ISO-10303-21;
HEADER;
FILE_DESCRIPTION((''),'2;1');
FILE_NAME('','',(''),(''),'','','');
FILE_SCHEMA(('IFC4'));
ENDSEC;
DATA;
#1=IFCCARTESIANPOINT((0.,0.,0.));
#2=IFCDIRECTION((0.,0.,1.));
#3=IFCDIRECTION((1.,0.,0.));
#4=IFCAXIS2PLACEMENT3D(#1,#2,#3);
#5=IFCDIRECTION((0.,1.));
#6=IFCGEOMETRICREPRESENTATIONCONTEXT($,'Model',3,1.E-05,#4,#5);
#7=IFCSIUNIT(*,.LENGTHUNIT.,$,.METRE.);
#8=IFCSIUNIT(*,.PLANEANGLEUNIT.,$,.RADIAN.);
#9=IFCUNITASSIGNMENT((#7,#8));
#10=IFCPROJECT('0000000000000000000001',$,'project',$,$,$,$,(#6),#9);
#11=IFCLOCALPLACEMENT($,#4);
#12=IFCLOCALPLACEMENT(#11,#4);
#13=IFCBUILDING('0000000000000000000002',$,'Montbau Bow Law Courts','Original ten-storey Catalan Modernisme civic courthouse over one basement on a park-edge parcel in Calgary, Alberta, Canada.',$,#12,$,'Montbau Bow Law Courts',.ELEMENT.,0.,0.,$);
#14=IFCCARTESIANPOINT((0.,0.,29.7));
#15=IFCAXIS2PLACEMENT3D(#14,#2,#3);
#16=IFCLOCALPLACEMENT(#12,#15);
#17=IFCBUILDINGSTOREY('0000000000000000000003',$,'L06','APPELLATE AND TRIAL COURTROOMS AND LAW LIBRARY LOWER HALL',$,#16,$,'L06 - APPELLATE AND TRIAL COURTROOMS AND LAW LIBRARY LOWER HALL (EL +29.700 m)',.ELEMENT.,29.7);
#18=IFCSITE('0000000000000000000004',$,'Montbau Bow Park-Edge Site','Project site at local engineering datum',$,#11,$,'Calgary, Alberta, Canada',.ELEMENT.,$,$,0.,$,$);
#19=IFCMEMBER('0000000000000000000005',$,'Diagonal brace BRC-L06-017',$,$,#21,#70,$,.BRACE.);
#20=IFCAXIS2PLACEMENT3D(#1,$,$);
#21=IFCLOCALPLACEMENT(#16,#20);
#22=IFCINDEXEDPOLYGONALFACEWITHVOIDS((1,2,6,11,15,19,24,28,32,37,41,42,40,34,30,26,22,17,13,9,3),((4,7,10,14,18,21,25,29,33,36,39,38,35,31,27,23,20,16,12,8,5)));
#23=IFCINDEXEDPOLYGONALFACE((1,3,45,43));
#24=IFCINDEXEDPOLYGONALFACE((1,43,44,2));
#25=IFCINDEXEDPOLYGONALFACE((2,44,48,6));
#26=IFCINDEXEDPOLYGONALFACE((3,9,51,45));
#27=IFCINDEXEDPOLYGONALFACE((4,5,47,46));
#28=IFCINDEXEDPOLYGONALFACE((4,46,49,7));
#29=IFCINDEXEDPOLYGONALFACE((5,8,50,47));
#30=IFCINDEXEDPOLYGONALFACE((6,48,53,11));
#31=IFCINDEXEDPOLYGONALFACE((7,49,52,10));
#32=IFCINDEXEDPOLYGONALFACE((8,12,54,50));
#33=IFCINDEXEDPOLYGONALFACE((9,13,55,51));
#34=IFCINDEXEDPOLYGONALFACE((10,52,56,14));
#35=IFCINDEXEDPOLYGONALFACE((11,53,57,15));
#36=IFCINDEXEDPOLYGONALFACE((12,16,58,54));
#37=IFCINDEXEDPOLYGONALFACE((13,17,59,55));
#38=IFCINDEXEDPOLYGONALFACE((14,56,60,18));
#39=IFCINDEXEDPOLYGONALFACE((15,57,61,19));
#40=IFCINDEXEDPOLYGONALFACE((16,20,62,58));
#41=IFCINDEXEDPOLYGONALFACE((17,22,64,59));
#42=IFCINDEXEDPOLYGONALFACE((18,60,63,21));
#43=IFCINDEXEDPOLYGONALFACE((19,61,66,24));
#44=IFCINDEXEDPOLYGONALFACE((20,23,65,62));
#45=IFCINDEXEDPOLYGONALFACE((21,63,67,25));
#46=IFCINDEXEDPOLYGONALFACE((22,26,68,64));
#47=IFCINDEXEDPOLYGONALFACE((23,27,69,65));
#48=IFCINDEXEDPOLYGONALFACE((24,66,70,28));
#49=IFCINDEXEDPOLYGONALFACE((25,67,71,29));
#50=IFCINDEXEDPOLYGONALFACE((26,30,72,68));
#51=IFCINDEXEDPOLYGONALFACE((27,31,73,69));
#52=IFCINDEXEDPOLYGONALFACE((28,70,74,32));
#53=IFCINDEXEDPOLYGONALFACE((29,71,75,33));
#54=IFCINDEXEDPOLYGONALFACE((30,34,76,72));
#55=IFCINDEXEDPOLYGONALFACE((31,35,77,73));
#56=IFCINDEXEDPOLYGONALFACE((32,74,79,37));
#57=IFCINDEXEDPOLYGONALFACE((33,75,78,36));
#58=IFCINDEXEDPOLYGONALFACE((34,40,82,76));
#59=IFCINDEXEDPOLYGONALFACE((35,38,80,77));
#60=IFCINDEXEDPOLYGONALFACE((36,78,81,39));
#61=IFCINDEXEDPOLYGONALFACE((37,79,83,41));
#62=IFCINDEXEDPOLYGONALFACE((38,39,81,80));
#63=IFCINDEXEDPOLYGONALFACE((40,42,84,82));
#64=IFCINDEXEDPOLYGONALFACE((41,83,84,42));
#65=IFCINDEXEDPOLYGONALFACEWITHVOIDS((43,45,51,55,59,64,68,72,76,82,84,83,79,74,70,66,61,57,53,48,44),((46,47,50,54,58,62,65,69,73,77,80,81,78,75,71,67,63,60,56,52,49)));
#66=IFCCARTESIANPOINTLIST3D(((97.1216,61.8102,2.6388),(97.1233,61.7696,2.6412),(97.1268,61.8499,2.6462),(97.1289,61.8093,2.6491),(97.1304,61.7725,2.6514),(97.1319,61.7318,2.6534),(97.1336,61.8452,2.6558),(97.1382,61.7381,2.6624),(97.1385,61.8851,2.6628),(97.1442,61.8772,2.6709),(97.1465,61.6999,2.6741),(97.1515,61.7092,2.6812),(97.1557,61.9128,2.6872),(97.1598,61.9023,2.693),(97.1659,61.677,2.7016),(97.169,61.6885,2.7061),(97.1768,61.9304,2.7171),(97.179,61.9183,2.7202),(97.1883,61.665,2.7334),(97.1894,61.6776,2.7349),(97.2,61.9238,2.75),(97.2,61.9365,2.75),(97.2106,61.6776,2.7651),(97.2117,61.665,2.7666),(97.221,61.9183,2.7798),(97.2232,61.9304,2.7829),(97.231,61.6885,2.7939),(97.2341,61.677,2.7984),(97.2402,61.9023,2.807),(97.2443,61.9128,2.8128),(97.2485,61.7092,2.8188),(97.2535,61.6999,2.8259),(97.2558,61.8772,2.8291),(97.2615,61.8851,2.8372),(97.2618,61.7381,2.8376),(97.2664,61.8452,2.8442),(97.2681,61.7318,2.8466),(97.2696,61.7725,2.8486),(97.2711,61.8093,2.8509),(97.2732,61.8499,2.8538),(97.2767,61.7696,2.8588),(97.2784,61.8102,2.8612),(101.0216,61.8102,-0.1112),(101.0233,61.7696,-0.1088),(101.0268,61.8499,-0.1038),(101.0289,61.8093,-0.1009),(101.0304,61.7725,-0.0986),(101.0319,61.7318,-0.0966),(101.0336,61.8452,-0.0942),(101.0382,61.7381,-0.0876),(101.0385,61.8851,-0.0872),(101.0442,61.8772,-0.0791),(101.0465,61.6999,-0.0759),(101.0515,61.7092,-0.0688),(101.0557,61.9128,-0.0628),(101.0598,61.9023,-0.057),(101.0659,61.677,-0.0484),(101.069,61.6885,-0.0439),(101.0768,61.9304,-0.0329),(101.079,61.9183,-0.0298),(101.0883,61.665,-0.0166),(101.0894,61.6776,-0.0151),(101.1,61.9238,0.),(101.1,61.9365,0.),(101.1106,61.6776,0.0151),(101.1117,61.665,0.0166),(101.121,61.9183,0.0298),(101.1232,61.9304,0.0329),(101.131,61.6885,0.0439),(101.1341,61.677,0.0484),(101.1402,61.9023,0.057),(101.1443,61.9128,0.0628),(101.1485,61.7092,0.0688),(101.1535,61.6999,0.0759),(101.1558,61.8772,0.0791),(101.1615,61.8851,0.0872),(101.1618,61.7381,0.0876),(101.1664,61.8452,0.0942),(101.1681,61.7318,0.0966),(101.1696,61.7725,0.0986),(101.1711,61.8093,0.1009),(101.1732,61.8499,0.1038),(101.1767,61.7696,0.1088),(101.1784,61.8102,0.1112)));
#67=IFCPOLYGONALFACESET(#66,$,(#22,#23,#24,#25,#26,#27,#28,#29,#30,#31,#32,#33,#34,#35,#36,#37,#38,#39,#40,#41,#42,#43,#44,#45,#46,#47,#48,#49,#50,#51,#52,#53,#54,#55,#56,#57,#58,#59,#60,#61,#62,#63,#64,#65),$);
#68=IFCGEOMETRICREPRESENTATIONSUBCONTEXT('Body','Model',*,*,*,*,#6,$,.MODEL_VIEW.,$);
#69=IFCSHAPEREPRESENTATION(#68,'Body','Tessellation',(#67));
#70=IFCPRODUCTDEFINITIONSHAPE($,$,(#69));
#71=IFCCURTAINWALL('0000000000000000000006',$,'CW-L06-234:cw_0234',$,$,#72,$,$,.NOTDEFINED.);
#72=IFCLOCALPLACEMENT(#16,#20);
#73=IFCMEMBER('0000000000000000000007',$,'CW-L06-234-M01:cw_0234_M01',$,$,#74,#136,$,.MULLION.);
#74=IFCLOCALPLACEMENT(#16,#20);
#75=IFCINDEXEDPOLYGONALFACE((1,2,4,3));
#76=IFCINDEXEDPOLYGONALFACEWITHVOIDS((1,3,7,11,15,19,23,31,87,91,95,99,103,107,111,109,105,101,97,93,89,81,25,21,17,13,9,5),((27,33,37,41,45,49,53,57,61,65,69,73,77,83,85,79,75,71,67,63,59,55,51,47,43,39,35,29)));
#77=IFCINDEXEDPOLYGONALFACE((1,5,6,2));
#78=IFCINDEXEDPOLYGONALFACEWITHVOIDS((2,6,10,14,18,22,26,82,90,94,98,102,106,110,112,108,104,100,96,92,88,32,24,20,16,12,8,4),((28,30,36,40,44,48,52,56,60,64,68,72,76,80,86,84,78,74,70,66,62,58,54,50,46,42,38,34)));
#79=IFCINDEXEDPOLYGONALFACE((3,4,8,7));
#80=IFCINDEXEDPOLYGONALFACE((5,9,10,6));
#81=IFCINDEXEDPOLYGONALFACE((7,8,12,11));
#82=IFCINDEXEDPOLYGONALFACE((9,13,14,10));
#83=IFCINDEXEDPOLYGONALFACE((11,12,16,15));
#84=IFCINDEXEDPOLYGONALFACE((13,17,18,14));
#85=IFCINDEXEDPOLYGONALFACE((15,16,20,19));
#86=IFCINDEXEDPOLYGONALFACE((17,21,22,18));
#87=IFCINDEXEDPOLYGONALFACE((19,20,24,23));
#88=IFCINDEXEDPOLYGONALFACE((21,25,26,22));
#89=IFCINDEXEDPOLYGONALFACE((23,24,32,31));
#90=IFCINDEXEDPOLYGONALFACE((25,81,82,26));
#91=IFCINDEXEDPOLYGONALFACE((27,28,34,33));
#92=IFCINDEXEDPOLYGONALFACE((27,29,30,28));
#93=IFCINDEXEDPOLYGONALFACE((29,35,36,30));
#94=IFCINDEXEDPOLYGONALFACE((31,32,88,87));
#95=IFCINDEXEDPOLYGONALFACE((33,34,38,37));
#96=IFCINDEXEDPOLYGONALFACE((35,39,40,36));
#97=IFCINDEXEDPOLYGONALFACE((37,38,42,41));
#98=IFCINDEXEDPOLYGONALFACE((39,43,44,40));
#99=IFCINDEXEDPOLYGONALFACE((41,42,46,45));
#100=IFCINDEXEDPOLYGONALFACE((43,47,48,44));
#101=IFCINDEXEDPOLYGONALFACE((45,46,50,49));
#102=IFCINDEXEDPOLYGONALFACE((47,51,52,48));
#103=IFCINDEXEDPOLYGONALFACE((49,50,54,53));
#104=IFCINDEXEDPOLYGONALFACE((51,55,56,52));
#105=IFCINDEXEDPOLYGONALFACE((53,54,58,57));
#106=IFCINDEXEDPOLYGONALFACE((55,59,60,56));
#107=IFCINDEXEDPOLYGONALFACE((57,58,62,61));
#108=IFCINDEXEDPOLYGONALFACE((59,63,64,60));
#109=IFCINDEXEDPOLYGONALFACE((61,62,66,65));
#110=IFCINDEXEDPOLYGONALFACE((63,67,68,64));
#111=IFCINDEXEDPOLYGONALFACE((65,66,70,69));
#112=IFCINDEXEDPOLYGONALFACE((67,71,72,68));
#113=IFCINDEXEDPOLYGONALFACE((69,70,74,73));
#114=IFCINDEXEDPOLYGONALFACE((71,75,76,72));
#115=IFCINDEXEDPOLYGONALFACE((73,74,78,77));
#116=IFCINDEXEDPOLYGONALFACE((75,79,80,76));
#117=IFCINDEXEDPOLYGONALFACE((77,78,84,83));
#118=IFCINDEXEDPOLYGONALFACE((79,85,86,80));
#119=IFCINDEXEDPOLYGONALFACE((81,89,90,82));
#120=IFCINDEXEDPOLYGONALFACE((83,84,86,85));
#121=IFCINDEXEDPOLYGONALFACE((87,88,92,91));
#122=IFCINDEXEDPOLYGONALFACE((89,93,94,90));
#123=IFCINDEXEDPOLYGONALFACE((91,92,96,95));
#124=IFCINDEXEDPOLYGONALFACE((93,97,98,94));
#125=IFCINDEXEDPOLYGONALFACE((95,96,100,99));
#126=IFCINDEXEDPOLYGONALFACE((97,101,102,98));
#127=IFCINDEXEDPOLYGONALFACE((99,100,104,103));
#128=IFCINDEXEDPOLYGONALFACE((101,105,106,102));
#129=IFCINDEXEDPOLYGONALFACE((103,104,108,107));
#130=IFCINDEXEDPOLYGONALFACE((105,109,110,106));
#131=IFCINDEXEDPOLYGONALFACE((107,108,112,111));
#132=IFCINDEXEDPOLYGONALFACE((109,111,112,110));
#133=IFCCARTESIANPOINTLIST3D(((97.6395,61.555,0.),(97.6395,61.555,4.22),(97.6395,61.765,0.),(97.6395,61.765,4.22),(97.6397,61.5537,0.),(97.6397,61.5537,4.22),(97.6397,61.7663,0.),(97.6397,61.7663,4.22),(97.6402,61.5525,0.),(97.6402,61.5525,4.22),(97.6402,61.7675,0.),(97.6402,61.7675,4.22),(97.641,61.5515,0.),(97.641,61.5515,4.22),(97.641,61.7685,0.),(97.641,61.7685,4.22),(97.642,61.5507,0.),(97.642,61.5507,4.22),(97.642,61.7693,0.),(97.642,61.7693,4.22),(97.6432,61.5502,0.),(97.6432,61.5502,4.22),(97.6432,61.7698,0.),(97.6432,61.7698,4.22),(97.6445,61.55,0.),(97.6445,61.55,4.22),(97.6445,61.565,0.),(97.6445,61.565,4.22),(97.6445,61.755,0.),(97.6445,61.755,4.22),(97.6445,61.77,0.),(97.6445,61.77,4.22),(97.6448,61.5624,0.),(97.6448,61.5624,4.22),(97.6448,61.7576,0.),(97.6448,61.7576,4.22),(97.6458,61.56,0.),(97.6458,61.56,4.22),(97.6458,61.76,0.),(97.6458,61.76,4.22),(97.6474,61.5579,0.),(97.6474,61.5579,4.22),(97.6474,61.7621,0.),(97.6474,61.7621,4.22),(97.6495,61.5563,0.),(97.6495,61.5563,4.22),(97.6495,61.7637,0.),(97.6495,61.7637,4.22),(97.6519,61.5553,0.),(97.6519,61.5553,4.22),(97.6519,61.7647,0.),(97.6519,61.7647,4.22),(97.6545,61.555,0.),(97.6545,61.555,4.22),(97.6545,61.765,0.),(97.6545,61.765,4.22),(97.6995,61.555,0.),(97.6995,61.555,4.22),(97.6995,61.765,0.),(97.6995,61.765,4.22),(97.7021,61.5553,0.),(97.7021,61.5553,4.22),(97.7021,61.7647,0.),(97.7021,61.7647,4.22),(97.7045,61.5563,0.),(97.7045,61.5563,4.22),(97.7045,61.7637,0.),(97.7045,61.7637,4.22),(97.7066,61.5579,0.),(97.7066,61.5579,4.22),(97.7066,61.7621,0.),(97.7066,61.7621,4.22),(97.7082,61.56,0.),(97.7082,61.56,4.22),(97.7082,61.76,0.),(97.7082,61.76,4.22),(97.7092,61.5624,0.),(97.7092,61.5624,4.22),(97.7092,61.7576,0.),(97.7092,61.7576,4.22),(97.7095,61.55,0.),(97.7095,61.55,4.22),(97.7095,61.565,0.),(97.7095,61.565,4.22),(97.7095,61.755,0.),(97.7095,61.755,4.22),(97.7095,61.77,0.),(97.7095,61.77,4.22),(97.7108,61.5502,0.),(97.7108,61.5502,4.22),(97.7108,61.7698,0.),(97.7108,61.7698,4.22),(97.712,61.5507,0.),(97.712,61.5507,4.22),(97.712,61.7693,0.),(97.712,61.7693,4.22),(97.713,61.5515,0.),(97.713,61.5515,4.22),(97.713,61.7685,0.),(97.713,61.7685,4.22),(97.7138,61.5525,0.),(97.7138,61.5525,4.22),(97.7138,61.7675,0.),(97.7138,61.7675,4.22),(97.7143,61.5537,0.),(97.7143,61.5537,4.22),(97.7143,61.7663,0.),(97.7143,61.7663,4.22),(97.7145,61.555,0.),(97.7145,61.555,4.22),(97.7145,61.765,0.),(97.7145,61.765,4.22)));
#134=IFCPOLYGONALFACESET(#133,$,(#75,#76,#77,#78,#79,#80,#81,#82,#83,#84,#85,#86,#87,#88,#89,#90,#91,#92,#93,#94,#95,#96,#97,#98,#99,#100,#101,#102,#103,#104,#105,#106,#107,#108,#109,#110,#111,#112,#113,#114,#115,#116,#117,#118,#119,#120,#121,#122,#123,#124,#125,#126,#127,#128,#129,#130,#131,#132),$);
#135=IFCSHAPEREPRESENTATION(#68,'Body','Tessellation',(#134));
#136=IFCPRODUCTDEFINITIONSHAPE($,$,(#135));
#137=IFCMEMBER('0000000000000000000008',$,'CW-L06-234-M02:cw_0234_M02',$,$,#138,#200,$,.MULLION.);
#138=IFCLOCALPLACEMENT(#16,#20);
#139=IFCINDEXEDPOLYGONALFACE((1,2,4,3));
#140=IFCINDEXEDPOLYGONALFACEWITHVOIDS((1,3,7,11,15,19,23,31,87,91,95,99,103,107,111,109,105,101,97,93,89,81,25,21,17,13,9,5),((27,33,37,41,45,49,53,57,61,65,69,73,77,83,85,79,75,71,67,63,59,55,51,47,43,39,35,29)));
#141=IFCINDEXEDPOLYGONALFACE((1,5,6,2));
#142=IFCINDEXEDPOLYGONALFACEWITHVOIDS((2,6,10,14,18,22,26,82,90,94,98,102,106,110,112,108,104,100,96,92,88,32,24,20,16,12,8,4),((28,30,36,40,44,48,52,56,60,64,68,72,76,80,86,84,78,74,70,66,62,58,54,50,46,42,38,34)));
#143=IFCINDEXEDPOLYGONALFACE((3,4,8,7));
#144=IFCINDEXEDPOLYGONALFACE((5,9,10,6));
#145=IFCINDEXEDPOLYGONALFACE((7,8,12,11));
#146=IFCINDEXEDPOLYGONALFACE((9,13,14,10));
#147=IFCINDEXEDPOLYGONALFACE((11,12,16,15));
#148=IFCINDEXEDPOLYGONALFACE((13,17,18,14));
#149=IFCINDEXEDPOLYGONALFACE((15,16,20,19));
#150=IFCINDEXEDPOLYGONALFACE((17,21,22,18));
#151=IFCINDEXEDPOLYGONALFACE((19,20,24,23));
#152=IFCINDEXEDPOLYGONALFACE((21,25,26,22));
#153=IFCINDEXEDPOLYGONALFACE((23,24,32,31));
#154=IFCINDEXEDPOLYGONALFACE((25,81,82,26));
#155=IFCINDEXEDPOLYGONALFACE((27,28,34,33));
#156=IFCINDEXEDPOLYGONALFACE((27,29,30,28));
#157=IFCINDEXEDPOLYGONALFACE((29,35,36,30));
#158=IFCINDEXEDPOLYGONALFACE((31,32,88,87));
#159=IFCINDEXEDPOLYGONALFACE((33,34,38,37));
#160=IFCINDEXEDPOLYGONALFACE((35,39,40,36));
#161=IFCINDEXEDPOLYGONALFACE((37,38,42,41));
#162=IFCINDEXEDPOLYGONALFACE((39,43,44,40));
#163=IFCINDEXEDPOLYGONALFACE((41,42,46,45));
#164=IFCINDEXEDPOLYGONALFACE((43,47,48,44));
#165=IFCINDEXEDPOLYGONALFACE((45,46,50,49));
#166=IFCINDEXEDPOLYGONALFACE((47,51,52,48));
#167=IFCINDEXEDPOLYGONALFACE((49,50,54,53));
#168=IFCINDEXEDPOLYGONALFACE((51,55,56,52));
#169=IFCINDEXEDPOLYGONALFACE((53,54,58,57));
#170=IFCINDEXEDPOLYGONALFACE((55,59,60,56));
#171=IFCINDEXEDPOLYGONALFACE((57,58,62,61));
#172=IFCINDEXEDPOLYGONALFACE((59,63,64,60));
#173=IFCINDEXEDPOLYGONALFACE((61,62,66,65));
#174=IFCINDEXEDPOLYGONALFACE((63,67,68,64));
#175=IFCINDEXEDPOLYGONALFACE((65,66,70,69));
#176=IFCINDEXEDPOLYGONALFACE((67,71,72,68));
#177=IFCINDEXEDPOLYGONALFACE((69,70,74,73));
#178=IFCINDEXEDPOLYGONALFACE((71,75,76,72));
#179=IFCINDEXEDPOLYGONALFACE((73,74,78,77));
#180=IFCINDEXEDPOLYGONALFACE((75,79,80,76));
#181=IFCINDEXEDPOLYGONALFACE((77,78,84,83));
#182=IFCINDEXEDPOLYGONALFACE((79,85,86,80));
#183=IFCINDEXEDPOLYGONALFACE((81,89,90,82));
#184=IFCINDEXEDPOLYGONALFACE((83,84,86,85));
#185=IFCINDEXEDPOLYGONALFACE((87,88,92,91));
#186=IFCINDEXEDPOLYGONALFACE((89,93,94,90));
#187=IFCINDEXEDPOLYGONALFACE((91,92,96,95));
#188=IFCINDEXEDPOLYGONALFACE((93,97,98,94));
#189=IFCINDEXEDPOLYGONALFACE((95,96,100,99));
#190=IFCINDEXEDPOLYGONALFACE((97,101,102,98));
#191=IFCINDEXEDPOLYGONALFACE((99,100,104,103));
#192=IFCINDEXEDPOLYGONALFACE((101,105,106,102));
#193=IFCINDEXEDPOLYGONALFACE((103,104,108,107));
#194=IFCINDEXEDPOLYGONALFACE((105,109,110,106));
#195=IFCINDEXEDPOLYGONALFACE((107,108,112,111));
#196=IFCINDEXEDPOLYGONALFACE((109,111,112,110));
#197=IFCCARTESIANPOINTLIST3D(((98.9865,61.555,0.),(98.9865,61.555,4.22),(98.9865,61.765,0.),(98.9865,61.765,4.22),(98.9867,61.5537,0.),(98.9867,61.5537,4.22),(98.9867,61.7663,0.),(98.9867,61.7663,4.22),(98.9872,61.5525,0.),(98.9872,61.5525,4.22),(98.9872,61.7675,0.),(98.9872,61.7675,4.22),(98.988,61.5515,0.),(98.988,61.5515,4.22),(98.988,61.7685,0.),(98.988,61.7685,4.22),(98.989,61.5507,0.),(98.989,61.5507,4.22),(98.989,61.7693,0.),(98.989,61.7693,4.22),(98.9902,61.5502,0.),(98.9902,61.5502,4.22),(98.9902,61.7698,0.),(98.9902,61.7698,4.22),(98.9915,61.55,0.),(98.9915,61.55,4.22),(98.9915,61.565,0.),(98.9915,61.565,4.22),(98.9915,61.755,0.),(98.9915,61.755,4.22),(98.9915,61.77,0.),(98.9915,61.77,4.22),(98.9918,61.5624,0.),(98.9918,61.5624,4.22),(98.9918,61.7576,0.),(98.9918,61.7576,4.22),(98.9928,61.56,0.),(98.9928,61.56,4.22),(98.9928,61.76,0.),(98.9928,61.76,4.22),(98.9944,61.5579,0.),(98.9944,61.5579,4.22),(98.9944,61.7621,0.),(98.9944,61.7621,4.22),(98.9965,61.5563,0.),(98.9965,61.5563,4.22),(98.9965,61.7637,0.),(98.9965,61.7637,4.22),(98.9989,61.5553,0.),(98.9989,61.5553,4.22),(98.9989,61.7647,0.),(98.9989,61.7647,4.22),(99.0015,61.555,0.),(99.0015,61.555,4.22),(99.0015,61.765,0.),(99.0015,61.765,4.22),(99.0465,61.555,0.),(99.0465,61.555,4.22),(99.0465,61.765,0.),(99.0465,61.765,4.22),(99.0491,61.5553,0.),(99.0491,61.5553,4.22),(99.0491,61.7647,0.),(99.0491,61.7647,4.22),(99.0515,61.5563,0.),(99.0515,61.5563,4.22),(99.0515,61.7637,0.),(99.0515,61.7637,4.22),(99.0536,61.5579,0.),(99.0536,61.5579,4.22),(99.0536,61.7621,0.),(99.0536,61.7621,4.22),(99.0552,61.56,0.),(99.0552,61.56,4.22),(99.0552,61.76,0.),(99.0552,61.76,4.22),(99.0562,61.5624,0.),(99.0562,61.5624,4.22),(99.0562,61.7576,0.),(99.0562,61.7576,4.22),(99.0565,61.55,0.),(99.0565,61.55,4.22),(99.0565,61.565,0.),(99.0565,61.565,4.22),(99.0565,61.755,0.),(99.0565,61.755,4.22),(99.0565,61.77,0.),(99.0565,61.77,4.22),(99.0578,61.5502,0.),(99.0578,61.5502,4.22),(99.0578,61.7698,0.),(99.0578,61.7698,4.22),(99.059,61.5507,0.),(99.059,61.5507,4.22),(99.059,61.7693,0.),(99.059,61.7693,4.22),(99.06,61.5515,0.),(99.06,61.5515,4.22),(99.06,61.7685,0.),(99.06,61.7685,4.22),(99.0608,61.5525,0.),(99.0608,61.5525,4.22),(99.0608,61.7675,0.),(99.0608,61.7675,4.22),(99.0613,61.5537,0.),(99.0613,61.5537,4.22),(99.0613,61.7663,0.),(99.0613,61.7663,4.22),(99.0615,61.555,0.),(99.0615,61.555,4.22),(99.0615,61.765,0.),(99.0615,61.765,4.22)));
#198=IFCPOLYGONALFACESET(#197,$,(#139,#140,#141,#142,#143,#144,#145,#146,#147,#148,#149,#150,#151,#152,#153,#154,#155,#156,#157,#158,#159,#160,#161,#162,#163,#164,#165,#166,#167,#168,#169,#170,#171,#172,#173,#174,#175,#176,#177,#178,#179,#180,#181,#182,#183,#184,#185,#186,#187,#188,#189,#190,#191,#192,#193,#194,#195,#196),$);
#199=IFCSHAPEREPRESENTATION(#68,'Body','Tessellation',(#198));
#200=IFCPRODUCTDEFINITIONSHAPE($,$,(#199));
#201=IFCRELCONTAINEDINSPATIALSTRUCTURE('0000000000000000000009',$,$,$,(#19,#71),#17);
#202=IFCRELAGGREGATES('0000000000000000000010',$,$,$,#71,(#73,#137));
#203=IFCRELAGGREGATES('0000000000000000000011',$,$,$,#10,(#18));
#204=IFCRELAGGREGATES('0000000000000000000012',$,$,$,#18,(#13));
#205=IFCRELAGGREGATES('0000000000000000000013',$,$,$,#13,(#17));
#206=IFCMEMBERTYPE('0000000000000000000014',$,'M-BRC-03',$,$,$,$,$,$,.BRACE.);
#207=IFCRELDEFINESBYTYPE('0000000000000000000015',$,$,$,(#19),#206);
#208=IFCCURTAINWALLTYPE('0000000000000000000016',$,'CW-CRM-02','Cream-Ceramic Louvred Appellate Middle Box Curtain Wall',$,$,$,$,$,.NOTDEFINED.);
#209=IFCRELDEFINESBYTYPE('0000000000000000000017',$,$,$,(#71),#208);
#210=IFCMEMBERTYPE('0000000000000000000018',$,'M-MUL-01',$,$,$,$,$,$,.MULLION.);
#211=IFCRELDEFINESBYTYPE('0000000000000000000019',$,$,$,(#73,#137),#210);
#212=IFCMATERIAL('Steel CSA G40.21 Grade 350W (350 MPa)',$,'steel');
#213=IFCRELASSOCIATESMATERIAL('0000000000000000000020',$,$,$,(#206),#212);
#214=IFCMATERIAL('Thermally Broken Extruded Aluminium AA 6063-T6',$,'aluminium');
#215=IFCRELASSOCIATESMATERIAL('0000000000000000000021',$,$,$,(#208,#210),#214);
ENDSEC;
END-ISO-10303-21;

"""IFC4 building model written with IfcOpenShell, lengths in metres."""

from ifc_helpers import new_model, si_unit, direction, frame, origin_with_axes, origin_2d_with_axis, place, context, subcontext, project, spatial, hollow_rectangle, hollow_circle, extrude, material, material_profile, profile_set, type_object, element, aggregate, save


model = new_model("IFC4")

# Units and contexts
model_context = context("Model", 3, precision=1e-05, world=origin_with_axes(), true_north=direction((0.0, 1.0)))
body_context = subcontext(model_context, "Body", "Model", "MODEL_VIEW")
ifc_project = project(units=[si_unit("LENGTHUNIT", "METRE"), si_unit("PLANEANGLEUNIT", "RADIAN")], contexts=[model_context])

# Site, building, storey
site_placement = place(None, origin_with_axes())
site = spatial("IfcSite", under=ifc_project, at=site_placement, Name="Montbau Bow Park-Edge Site", Description="Project site at local engineering datum", LongName="Calgary, Alberta, Canada", CompositionType="ELEMENT", RefElevation=0.0)
building_placement = place(site_placement, origin_with_axes())
building = spatial("IfcBuilding", under=site, at=building_placement, Name="Montbau Bow Law Courts", Description="Original ten-storey Catalan Modernisme civic courthouse over one basement on a park-edge parcel in Calgary, Alberta, Canada.", LongName="Montbau Bow Law Courts", CompositionType="ELEMENT", ElevationOfRefHeight=0.0, ElevationOfTerrain=0.0)
storey_placement = place(building_placement, frame((0.0, 0.0, 29.7), z_axis=(0.0, 0.0, 1.0), x_axis=(1.0, 0.0, 0.0)))
storey = spatial("IfcBuildingStorey", under=building, at=storey_placement, Name="L06", Description="APPELLATE AND TRIAL COURTROOMS AND LAW LIBRARY LOWER HALL", LongName="L06 - APPELLATE AND TRIAL COURTROOMS AND LAW LIBRARY LOWER HALL (EL +29.700 m)", CompositionType="ELEMENT", Elevation=29.7)

# Member
ifc_material_1 = material(Name="Steel CSA G40.21 Grade 350W (350 MPa)", Category="steel")
ifc_material_profile_1 = material_profile(ifc_material_1, hollow_circle(Radius=0.1365, WallThickness=0.0127, at=origin_2d_with_axis()), Name="HSS273X13", Category="Main", Priority=0)
ifc_profile_set_1 = profile_set([ifc_material_profile_1], Name="Steel CSA G40.21 Grade 350W (350 MPa)")
member_type_1 = type_object("IfcMemberType", Name="M-BRC-03", PredefinedType="BRACE", material=ifc_profile_set_1)
member_1_placement = place(None, frame((97.2, 61.8, 32.45), z_axis=(0.817258, 0.0, -0.576272), x_axis=(0.0, 1.0, 0.0)))
element("IfcMember", 1, at=member_1_placement, inside=storey, type_object=member_type_1, Name="Diagonal brace BRC-L06-017", PredefinedType="BRACE", context=body_context, shape_type="SweptSolid", body=[
    extrude(hollow_circle(Radius=0.1365, WallThickness=0.0127, at=origin_2d_with_axis()), origin_with_axes(), (0.0, 0.0, 1.0), 4.7721),
])

# Curtain wall, members
ifc_material_2 = material(Name="Thermally Broken Extruded Aluminium AA 6063-T6", Category="aluminium")
curtain_wall_type = type_object("IfcCurtainWallType", Name="CW-CRM-02", Description="Cream-Ceramic Louvred Appellate Middle Box Curtain Wall", PredefinedType="NOTDEFINED", material=ifc_material_2)
curtain_wall_placement = place(None, frame((97.64, 61.66, 29.7), z_axis=(0.0, 0.0, 1.0), x_axis=(1.0, 0.0, 0.0)))
curtain_wall = element("IfcCurtainWall", 2, at=curtain_wall_placement, inside=storey, type_object=curtain_wall_type, Name="CW-L06-234:cw_0234", PredefinedType="NOTDEFINED")
ifc_material_profile_2 = material_profile(ifc_material_2, hollow_rectangle(XDim=0.075, YDim=0.22, WallThickness=0.005, InnerFilletRadius=0.01, OuterFilletRadius=0.005, at=origin_2d_with_axis()), Name="CWM-220X75", Category="Main", Priority=0)
ifc_profile_set_2 = profile_set([ifc_material_profile_2], Name="Thermally Broken Extruded Aluminium AA 6063-T6")
member_type_2 = type_object("IfcMemberType", Name="M-MUL-01", PredefinedType="MULLION", material=ifc_profile_set_2)
member_2_placement = place(None, frame((97.677, 61.66, 29.7), z_axis=(0.0, 0.0, 1.0), x_axis=(1.0, 0.0, 0.0)))
member_2 = element("IfcMember", 3, at=member_2_placement, type_object=member_type_2, Name="CW-L06-234-M01:cw_0234_M01", PredefinedType="MULLION", context=body_context, shape_type="SweptSolid", body=[
    extrude(hollow_rectangle(XDim=0.075, YDim=0.22, WallThickness=0.005, InnerFilletRadius=0.01, OuterFilletRadius=0.005, at=origin_2d_with_axis()), origin_with_axes(), (0.0, 0.0, 1.0), 4.22),
])
member_3_placement = place(None, frame((99.024, 61.66, 29.7), z_axis=(0.0, 0.0, 1.0), x_axis=(1.0, 0.0, 0.0)))
member_3 = element("IfcMember", 4, at=member_3_placement, type_object=member_type_2, Name="CW-L06-234-M02:cw_0234_M02", PredefinedType="MULLION", context=body_context, shape_type="SweptSolid", body=[
    extrude(hollow_rectangle(XDim=0.075, YDim=0.22, WallThickness=0.005, InnerFilletRadius=0.01, OuterFilletRadius=0.005, at=origin_2d_with_axis()), origin_with_axes(), (0.0, 0.0, 1.0), 4.22),
])
aggregate(curtain_wall, [member_2, member_3])

save(model, "model.ifc")
